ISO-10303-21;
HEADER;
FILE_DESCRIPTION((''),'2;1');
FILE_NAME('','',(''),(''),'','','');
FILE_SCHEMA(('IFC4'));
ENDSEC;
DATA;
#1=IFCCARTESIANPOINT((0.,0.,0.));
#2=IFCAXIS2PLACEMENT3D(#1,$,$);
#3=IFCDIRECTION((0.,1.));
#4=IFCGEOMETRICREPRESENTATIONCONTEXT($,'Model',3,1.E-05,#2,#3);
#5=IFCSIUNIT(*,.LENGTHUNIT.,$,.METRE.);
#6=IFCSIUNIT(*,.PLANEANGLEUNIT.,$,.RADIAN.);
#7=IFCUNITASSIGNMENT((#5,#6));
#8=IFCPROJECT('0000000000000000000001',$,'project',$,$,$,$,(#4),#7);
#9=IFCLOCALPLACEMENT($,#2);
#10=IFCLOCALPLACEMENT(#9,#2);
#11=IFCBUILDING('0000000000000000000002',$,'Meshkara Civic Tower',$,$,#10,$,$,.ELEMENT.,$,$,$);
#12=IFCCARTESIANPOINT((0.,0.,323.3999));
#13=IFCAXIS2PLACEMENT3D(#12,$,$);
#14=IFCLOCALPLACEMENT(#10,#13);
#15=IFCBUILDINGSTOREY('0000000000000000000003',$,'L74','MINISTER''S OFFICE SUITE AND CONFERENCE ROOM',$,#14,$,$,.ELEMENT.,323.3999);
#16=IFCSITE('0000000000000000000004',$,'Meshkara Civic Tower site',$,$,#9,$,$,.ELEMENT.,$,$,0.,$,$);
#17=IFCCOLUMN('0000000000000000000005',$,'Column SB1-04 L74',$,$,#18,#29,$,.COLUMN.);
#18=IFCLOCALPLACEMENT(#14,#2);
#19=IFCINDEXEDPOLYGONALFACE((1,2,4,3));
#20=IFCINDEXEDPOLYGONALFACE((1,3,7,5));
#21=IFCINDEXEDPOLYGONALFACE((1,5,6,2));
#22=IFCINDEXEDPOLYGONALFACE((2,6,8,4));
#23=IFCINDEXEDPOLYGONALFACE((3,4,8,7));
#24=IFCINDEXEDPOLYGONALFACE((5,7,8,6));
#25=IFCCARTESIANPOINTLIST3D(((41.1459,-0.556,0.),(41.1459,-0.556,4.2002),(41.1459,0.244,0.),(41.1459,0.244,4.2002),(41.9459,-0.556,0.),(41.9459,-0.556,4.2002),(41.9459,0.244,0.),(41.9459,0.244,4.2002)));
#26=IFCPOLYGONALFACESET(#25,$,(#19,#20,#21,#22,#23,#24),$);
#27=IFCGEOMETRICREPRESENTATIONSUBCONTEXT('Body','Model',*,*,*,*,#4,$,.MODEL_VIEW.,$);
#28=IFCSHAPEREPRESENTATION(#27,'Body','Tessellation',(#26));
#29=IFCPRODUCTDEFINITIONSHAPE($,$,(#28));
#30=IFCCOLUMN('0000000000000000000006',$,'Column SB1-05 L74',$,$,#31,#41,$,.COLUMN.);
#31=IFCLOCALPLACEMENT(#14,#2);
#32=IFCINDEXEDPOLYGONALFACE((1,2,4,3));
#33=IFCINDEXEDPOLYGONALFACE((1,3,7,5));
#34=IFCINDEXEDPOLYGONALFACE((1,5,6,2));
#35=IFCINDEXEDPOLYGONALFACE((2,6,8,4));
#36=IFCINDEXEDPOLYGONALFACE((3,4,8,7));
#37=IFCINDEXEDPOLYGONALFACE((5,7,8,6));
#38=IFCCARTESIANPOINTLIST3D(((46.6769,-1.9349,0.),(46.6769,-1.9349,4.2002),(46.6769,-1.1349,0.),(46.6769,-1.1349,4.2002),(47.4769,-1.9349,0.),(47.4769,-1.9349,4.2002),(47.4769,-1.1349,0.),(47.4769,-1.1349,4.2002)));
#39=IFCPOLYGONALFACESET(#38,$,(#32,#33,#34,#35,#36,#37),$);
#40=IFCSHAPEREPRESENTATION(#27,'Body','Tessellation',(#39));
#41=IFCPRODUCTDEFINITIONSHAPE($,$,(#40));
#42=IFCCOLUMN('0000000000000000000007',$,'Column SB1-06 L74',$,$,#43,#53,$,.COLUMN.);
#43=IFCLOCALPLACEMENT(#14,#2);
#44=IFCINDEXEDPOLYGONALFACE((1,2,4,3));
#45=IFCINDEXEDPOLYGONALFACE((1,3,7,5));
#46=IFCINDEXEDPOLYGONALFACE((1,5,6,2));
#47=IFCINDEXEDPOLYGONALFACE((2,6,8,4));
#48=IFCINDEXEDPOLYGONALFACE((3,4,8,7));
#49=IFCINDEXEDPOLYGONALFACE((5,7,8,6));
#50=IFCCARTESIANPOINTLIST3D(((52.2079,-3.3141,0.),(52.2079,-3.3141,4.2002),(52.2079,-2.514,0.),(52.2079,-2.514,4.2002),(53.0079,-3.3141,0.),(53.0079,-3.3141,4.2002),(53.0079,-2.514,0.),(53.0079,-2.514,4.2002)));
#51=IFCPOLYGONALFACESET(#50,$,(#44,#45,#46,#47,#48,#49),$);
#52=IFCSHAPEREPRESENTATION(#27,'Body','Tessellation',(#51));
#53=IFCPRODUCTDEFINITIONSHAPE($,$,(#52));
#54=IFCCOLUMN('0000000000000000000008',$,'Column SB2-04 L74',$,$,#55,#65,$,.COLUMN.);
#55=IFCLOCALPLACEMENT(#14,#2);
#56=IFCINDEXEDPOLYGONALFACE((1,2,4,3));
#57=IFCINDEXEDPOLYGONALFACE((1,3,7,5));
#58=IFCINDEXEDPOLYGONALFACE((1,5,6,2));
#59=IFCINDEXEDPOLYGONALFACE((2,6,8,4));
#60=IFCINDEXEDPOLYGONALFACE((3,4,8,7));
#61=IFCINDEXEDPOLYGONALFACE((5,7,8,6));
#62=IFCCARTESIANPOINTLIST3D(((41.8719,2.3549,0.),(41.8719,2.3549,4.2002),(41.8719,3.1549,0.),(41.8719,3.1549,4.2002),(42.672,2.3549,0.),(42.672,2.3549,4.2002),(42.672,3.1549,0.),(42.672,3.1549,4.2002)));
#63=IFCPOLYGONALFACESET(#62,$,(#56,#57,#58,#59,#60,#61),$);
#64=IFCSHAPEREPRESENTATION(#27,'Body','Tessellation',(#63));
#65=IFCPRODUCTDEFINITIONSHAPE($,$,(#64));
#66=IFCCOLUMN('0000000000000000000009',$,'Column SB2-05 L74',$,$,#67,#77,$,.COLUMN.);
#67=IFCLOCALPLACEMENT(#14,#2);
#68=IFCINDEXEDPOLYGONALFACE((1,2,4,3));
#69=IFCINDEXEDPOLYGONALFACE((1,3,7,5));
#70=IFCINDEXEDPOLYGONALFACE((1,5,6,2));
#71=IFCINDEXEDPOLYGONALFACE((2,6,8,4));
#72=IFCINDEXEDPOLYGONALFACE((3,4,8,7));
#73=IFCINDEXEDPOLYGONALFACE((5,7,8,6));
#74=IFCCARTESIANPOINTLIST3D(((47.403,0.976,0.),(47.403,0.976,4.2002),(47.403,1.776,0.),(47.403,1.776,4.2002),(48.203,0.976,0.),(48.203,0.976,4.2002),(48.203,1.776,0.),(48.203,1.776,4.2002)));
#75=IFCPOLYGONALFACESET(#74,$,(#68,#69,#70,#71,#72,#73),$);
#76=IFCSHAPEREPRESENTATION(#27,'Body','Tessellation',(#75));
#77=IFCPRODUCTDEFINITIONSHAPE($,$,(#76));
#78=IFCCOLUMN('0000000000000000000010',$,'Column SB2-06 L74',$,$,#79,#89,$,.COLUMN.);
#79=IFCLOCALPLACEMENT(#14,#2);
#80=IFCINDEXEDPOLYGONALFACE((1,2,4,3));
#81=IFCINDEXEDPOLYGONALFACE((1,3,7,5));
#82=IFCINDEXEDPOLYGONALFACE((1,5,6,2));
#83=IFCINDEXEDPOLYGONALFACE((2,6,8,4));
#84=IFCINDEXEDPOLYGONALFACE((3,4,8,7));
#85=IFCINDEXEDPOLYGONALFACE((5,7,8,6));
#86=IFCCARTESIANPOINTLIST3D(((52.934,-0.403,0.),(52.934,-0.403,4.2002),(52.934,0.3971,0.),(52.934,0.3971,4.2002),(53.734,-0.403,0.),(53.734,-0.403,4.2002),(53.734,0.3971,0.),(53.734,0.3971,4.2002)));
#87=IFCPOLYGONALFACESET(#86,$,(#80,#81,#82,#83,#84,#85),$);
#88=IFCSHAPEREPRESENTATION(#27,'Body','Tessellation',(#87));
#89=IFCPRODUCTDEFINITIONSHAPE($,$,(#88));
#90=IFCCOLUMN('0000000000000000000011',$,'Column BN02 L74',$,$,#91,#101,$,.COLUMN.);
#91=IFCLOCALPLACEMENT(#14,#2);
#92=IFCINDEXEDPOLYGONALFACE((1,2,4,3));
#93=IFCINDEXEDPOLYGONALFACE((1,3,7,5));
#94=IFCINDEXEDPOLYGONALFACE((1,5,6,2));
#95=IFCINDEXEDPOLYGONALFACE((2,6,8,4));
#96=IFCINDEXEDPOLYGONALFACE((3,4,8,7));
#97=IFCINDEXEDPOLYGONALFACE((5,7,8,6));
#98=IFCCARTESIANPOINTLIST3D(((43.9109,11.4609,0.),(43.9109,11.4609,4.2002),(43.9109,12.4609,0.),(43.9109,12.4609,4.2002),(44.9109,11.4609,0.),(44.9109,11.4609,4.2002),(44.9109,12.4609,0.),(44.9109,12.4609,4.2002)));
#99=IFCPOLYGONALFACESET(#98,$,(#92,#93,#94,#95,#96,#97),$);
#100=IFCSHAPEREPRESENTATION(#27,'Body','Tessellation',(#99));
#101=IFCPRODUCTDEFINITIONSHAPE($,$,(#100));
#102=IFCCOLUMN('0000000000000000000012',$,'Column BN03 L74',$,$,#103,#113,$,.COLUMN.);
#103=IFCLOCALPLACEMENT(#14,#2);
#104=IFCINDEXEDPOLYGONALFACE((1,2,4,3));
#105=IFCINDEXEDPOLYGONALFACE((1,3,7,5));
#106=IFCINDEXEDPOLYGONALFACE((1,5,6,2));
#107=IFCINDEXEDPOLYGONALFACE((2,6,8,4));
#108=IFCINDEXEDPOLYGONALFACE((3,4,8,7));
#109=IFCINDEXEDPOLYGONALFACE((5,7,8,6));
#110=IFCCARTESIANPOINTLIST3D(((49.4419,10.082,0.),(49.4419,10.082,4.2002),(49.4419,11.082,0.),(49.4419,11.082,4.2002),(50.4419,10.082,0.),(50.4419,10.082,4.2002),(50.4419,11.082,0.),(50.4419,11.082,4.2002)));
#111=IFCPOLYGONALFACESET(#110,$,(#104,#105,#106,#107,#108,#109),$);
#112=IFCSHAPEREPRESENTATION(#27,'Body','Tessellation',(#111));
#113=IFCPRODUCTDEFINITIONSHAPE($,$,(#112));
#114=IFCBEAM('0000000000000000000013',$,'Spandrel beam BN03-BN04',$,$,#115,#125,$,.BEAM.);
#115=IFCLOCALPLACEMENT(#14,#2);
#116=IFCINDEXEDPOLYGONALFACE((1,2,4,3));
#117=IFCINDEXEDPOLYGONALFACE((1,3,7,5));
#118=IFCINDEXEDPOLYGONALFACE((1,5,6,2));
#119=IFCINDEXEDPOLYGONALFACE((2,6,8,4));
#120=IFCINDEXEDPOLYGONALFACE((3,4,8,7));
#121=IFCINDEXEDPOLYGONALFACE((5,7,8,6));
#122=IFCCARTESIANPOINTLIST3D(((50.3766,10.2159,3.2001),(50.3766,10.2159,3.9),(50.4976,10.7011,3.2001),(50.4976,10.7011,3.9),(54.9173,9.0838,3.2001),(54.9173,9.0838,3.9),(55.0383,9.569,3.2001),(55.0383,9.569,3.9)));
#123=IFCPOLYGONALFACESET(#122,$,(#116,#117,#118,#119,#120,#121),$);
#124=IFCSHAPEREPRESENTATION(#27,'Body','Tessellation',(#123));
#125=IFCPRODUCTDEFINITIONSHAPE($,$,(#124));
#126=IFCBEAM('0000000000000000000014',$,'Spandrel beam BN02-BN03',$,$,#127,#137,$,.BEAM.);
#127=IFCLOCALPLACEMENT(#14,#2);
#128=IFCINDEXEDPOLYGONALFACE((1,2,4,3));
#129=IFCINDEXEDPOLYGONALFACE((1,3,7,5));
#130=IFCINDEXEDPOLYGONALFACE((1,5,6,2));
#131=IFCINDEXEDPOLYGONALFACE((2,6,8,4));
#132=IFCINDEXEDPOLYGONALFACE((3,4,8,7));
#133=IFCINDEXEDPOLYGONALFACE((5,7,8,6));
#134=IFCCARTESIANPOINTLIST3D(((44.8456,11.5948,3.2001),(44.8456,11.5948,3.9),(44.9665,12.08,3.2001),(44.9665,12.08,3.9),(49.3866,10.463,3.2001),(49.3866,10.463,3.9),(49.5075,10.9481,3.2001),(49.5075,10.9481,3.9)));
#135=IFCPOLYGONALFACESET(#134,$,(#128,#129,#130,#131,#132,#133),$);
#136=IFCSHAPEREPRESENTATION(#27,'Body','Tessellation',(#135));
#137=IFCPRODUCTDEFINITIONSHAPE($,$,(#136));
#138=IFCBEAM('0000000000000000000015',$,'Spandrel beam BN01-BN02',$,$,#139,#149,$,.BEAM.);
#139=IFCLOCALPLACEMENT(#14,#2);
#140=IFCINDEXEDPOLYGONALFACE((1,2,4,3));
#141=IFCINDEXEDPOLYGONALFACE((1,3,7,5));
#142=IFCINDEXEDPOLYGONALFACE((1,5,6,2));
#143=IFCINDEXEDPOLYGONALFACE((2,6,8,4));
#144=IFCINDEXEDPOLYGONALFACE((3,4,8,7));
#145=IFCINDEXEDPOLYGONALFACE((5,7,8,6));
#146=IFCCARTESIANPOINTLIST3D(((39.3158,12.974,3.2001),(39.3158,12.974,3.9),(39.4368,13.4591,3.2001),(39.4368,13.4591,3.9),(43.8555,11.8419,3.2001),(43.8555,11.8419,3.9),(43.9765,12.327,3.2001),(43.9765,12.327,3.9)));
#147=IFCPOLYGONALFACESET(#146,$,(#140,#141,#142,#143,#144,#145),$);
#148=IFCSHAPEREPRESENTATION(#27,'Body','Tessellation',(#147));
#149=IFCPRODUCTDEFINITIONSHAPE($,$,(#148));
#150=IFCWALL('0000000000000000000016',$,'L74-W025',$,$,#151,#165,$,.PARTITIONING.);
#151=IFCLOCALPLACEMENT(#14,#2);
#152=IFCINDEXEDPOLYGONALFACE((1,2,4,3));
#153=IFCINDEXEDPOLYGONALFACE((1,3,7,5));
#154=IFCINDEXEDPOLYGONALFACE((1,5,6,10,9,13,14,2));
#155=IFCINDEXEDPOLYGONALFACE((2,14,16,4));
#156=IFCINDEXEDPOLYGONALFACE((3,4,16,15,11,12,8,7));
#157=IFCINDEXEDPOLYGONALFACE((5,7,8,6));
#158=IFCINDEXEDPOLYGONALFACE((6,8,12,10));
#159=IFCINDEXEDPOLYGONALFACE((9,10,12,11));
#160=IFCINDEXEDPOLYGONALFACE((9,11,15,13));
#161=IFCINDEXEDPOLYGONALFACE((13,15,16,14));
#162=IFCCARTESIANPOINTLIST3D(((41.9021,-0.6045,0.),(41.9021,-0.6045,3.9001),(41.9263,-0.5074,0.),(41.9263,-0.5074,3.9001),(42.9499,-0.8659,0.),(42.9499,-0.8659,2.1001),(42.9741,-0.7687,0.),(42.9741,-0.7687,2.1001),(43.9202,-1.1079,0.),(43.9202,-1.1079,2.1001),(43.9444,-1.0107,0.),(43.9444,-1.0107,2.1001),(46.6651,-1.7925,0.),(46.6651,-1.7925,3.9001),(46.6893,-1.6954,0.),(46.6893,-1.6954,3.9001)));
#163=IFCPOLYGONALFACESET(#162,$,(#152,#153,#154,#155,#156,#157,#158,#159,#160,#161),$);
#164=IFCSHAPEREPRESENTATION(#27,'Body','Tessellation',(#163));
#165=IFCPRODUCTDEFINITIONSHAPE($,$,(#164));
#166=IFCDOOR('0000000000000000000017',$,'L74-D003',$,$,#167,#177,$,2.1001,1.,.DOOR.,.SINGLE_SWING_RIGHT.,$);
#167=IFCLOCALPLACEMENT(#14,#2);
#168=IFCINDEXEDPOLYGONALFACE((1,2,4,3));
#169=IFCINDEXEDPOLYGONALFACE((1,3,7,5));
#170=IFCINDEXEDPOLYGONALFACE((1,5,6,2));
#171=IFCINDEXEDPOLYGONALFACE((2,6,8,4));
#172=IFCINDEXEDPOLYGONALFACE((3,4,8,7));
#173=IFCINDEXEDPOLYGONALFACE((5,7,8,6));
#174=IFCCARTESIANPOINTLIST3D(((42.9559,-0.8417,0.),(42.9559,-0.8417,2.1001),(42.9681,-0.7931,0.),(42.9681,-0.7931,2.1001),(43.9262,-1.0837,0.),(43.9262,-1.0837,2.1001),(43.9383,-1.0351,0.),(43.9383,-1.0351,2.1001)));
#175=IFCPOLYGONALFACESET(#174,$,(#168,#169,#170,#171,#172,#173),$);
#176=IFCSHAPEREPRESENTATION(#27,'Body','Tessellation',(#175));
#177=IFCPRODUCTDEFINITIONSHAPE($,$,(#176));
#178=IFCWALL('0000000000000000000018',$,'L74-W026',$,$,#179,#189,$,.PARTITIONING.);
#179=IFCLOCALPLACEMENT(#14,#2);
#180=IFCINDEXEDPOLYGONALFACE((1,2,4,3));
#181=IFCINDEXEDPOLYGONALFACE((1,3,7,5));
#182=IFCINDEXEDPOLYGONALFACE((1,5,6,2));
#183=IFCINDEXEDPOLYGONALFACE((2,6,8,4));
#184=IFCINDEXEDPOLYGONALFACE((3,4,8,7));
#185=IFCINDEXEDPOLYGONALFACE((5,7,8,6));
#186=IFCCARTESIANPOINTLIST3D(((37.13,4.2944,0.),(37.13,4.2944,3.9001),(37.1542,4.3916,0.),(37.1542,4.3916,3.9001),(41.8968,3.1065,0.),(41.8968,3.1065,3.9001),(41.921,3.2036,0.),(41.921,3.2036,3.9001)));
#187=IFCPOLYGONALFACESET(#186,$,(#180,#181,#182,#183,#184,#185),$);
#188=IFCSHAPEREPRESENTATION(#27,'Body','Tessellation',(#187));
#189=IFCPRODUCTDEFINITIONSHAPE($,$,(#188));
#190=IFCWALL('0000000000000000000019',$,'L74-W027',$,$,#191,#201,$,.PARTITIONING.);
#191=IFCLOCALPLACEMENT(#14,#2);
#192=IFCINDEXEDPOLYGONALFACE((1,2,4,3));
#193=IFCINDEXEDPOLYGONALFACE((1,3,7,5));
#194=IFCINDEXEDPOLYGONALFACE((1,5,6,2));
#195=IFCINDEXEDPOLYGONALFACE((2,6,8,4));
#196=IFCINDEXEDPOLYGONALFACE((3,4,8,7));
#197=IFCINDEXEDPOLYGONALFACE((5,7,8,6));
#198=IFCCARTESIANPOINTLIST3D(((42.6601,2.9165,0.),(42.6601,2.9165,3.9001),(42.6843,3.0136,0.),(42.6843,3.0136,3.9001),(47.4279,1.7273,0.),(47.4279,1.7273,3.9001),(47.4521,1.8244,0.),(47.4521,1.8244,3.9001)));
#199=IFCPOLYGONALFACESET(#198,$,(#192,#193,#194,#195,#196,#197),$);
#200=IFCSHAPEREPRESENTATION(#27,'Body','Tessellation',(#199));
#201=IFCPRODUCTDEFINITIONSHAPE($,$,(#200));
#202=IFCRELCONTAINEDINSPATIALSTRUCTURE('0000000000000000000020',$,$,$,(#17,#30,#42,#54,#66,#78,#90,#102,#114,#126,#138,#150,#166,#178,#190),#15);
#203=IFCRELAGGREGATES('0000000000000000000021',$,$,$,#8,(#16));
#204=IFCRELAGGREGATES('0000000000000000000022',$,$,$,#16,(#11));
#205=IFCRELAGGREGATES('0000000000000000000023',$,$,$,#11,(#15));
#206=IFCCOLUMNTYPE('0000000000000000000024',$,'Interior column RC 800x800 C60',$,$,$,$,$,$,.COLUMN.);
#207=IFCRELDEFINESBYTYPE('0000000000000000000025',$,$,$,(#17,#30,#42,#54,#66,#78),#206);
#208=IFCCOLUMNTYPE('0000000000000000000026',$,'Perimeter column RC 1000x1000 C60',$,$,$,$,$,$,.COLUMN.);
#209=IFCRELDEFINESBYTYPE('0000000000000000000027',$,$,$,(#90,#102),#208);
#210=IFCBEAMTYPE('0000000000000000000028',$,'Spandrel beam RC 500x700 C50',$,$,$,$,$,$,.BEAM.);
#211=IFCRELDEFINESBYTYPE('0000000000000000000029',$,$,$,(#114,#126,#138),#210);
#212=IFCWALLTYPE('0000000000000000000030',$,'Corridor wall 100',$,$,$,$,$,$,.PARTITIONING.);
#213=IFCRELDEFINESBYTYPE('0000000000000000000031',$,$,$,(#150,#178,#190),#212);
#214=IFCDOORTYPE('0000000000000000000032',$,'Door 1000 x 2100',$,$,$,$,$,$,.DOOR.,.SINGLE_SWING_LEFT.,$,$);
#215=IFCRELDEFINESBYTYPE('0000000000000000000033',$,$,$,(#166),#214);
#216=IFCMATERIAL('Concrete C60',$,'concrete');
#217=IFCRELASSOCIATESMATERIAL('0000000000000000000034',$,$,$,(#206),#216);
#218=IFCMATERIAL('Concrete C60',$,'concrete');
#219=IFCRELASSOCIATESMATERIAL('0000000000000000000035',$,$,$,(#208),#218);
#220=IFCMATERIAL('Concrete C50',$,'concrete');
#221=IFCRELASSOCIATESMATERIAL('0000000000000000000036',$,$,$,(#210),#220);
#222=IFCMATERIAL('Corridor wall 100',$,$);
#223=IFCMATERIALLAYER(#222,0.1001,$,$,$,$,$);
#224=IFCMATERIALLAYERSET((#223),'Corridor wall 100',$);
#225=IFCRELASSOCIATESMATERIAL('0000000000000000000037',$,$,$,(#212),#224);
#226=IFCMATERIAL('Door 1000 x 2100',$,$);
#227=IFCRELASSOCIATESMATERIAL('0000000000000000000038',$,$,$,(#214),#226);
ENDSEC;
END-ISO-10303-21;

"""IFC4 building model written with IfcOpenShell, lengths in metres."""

from ifc_helpers import new_model, si_unit, direction, frame, frame_2d, origin, origin_2d, place, context, subcontext, project, spatial, rectangle, extrude, material, layer, layer_set, material_profile, profile_set, type_object, element, fill, save


model = new_model("IFC4")

# Units and contexts
model_context = context("Model", 3, precision=1e-05, world=origin(), true_north=direction((0.0, 1.0)))
body_context = subcontext(model_context, "Body", "Model", "MODEL_VIEW")
ifc_project = project(units=[si_unit("LENGTHUNIT", "METRE"), si_unit("PLANEANGLEUNIT", "RADIAN")], contexts=[model_context])

# Site, building, storey
site_placement = place(None, origin())
site = spatial("IfcSite", under=ifc_project, at=site_placement, Name="Meshkara Civic Tower site", CompositionType="ELEMENT", RefElevation=0.0)
building_placement = place(site_placement, origin())
building = spatial("IfcBuilding", under=site, at=building_placement, Name="Meshkara Civic Tower", CompositionType="ELEMENT")
storey_placement = place(building_placement, frame((0.0, 0.0, 323.3999)))
storey = spatial("IfcBuildingStorey", under=building, at=storey_placement, Name="L74", Description="MINISTER'S OFFICE SUITE AND CONFERENCE ROOM", CompositionType="ELEMENT", Elevation=323.3999)

# Columns
ifc_material_1 = material(Name="Concrete C60", Category="concrete")
ifc_material_profile_1 = material_profile(ifc_material_1, rectangle(XDim=0.8, YDim=0.8, at=origin_2d()))
ifc_profile_set_1 = profile_set([ifc_material_profile_1], Name="Concrete C60")
column_type_1 = type_object("IfcColumnType", Name="Interior column RC 800x800 C60", PredefinedType="COLUMN", material=ifc_profile_set_1)
for number, where, z_axis, x_axis, name in (
    (1, (41.5459, -0.156, 0.0), (0.0, 0.0, 1.0), (1.0, 0.0, 0.0), "Column SB1-04 L74"),
    (2, (47.0769, -1.5349, 0.0), (0.0, 0.0, 1.0), (1.0, 0.0, 0.0), "Column SB1-05 L74"),
    (3, (52.6079, -2.9141, 0.0), (0.0, 0.0, 1.0), (1.0, 0.0, 0.0), "Column SB1-06 L74"),
    (4, (42.272, 2.7549, 0.0), (0.0, 0.0, 1.0), (1.0, 0.0, 0.0), "Column SB2-04 L74"),
    (5, (47.803, 1.376, 0.0), (0.0, 0.0, 1.0), (1.0, 0.0, 0.0), "Column SB2-05 L74"),
    (6, (53.334, -0.0029, 0.0), (0.0, 0.0, 1.0), (1.0, 0.0, 0.0), "Column SB2-06 L74"),
):
    element("IfcColumn", number, at=place(storey_placement, frame(where, z_axis=z_axis, x_axis=x_axis)), inside=storey, type_object=column_type_1, Name=name, PredefinedType="COLUMN", context=body_context, shape_type="SweptSolid", body=[
        extrude(rectangle(XDim=0.8, YDim=0.8, at=origin_2d()), origin(), (0.0, 0.0, 1.0), 4.2002),
    ])
ifc_material_2 = material(Name="Concrete C60", Category="concrete")
ifc_material_profile_2 = material_profile(ifc_material_2, rectangle(XDim=1.0, YDim=1.0, at=origin_2d()))
ifc_profile_set_2 = profile_set([ifc_material_profile_2], Name="Concrete C60")
column_type_2 = type_object("IfcColumnType", Name="Perimeter column RC 1000x1000 C60", PredefinedType="COLUMN", material=ifc_profile_set_2)
for number, where, z_axis, x_axis, name in (
    (7, (44.4109, 11.9609, 0.0), (0.0, 0.0, 1.0), (1.0, 0.0, 0.0), "Column BN02 L74"),
    (8, (49.9419, 10.582, 0.0), (0.0, 0.0, 1.0), (1.0, 0.0, 0.0), "Column BN03 L74"),
):
    element("IfcColumn", number, at=place(storey_placement, frame(where, z_axis=z_axis, x_axis=x_axis)), inside=storey, type_object=column_type_2, Name=name, PredefinedType="COLUMN", context=body_context, shape_type="SweptSolid", body=[
        extrude(rectangle(XDim=1.0, YDim=1.0, at=origin_2d()), origin(), (0.0, 0.0, 1.0), 4.2002),
    ])

# Beams
ifc_material_3 = material(Name="Concrete C50", Category="concrete")
ifc_material_profile_3 = material_profile(ifc_material_3, rectangle(XDim=0.5, YDim=0.7, at=origin_2d()))
ifc_profile_set_3 = profile_set([ifc_material_profile_3], Name="Concrete C50")
beam_type = type_object("IfcBeamType", Name="Spandrel beam RC 500x700 C50", PredefinedType="BEAM", material=ifc_profile_set_3)
beam_1_placement = place(storey_placement, frame((54.9778, 9.3264, 3.55), z_axis=(-0.970299, 0.24191, 0.0), x_axis=(-0.24191, -0.970299, 0.0)))
element("IfcBeam", 9, at=beam_1_placement, inside=storey, type_object=beam_type, Name="Spandrel beam BN03-BN04", PredefinedType="BEAM", context=body_context, shape_type="SweptSolid", body=[
    extrude(rectangle(XDim=0.5, YDim=0.7, at=origin_2d()), origin(), (0.0, 0.0, 1.0), 4.6797),
])
beam_2_placement = place(storey_placement, frame((49.447, 10.7056, 3.55), z_axis=(-0.970314, 0.241848, 0.0), x_axis=(-0.241848, -0.970314, 0.0)))
element("IfcBeam", 10, at=beam_2_placement, inside=storey, type_object=beam_type, Name="Spandrel beam BN02-BN03", PredefinedType="BEAM", context=body_context, shape_type="SweptSolid", body=[
    extrude(rectangle(XDim=0.5, YDim=0.7, at=origin_2d()), origin(), (0.0, 0.0, 1.0), 4.6799),
])
beam_3_placement = place(storey_placement, frame((43.916, 12.0845, 3.55), z_axis=(-0.970287, 0.241959, 0.0), x_axis=(-0.241959, -0.970287, 0.0)))
element("IfcBeam", 11, at=beam_3_placement, inside=storey, type_object=beam_type, Name="Spandrel beam BN01-BN02", PredefinedType="BEAM", context=body_context, shape_type="SweptSolid", body=[
    extrude(rectangle(XDim=0.5, YDim=0.7, at=origin_2d()), origin(), (0.0, 0.0, 1.0), 4.6787),
])

# Wall, opening, door
ifc_material_4 = material(Name="Corridor wall 100")
ifc_layer_1 = layer(ifc_material_4, 0.1001)
ifc_layer_set_1 = layer_set([ifc_layer_1], Name="Corridor wall 100")
wall_type_1 = type_object("IfcWallType", Name="Corridor wall 100", PredefinedType="PARTITIONING", material=ifc_layer_set_1)
wall_1_placement = place(storey_placement, frame((41.9141, -0.5559, 0.0), z_axis=(0.0, 0.0, 1.0), x_axis=(0.970274, -0.242009, 0.0)))
wall_1 = element("IfcWall", 12, at=wall_1_placement, inside=storey, type_object=wall_type_1, Name="L74-W025", PredefinedType="PARTITIONING", context=body_context, shape_type="SweptSolid", body=[
    extrude(rectangle(XDim=4.9089, YDim=0.1001, at=frame_2d((2.4546, 0.0))), origin(), (0.0, 0.0, 1.0), 3.9001),
])
opening_1_placement = place(wall_1_placement, frame((1.0801, 0.0, 0.0)))
opening_1 = element("IfcOpeningElement", 13, at=opening_1_placement, cuts=wall_1, PredefinedType="OPENING", context=body_context, shape_type="SweptSolid", body=[
    extrude(rectangle(XDim=1.0, YDim=2.1001, at=frame_2d((0.5, 1.05))), frame((0.0, 0.0601, 0.0), z_axis=(0.0, -1.0, 0.0), x_axis=(1.0, 0.0, 0.0)), (0.0, 0.0, 1.0), 0.1201),
])
ifc_material_5 = material(Name="Door 1000 x 2100")
door_type_1 = type_object("IfcDoorType", Name="Door 1000 x 2100", OperationType="SINGLE_SWING_LEFT", PredefinedType="DOOR", material=ifc_material_5)
door_1_placement = place(opening_1_placement, origin())
door_1 = element("IfcDoor", 14, at=door_1_placement, inside=storey, type_object=door_type_1, Name="L74-D003", OperationType="SINGLE_SWING_RIGHT", OverallHeight=2.1001, OverallWidth=1.0, PredefinedType="DOOR", context=body_context, shape_type="SweptSolid", body=[
    extrude(rectangle(XDim=1.0, YDim=2.1001, at=frame_2d((0.5, 1.05))), frame((0.0, 0.0249, 0.0), z_axis=(0.0, -1.0, 0.0), x_axis=(1.0, 0.0, 0.0)), (0.0, 0.0, 1.0), 0.05),
])
fill(opening_1, door_1)

# Walls
wall_2_placement = place(storey_placement, frame((41.9089, 3.155, 0.0), z_axis=(0.0, 0.0, 1.0), x_axis=(-0.970321, 0.241822, 0.0)))
element("IfcWall", 15, at=wall_2_placement, inside=storey, type_object=wall_type_1, Name="L74-W026", PredefinedType="PARTITIONING", context=body_context, shape_type="SweptSolid", body=[
    extrude(rectangle(XDim=4.9126, YDim=0.1001, at=frame_2d((2.4563, 0.0))), origin(), (0.0, 0.0, 1.0), 3.9001),
])
wall_3_placement = place(storey_placement, frame((42.6721, 2.9651, 0.0), z_axis=(0.0, 0.0, 1.0), x_axis=(0.970274, -0.24201, 0.0)))
element("IfcWall", 16, at=wall_3_placement, inside=storey, type_object=wall_type_1, Name="L74-W027", PredefinedType="PARTITIONING", context=body_context, shape_type="SweptSolid", body=[
    extrude(rectangle(XDim=4.9138, YDim=0.1001, at=frame_2d((2.457, 0.0))), origin(), (0.0, 0.0, 1.0), 3.9001),
])

save(model, "model.ifc")
